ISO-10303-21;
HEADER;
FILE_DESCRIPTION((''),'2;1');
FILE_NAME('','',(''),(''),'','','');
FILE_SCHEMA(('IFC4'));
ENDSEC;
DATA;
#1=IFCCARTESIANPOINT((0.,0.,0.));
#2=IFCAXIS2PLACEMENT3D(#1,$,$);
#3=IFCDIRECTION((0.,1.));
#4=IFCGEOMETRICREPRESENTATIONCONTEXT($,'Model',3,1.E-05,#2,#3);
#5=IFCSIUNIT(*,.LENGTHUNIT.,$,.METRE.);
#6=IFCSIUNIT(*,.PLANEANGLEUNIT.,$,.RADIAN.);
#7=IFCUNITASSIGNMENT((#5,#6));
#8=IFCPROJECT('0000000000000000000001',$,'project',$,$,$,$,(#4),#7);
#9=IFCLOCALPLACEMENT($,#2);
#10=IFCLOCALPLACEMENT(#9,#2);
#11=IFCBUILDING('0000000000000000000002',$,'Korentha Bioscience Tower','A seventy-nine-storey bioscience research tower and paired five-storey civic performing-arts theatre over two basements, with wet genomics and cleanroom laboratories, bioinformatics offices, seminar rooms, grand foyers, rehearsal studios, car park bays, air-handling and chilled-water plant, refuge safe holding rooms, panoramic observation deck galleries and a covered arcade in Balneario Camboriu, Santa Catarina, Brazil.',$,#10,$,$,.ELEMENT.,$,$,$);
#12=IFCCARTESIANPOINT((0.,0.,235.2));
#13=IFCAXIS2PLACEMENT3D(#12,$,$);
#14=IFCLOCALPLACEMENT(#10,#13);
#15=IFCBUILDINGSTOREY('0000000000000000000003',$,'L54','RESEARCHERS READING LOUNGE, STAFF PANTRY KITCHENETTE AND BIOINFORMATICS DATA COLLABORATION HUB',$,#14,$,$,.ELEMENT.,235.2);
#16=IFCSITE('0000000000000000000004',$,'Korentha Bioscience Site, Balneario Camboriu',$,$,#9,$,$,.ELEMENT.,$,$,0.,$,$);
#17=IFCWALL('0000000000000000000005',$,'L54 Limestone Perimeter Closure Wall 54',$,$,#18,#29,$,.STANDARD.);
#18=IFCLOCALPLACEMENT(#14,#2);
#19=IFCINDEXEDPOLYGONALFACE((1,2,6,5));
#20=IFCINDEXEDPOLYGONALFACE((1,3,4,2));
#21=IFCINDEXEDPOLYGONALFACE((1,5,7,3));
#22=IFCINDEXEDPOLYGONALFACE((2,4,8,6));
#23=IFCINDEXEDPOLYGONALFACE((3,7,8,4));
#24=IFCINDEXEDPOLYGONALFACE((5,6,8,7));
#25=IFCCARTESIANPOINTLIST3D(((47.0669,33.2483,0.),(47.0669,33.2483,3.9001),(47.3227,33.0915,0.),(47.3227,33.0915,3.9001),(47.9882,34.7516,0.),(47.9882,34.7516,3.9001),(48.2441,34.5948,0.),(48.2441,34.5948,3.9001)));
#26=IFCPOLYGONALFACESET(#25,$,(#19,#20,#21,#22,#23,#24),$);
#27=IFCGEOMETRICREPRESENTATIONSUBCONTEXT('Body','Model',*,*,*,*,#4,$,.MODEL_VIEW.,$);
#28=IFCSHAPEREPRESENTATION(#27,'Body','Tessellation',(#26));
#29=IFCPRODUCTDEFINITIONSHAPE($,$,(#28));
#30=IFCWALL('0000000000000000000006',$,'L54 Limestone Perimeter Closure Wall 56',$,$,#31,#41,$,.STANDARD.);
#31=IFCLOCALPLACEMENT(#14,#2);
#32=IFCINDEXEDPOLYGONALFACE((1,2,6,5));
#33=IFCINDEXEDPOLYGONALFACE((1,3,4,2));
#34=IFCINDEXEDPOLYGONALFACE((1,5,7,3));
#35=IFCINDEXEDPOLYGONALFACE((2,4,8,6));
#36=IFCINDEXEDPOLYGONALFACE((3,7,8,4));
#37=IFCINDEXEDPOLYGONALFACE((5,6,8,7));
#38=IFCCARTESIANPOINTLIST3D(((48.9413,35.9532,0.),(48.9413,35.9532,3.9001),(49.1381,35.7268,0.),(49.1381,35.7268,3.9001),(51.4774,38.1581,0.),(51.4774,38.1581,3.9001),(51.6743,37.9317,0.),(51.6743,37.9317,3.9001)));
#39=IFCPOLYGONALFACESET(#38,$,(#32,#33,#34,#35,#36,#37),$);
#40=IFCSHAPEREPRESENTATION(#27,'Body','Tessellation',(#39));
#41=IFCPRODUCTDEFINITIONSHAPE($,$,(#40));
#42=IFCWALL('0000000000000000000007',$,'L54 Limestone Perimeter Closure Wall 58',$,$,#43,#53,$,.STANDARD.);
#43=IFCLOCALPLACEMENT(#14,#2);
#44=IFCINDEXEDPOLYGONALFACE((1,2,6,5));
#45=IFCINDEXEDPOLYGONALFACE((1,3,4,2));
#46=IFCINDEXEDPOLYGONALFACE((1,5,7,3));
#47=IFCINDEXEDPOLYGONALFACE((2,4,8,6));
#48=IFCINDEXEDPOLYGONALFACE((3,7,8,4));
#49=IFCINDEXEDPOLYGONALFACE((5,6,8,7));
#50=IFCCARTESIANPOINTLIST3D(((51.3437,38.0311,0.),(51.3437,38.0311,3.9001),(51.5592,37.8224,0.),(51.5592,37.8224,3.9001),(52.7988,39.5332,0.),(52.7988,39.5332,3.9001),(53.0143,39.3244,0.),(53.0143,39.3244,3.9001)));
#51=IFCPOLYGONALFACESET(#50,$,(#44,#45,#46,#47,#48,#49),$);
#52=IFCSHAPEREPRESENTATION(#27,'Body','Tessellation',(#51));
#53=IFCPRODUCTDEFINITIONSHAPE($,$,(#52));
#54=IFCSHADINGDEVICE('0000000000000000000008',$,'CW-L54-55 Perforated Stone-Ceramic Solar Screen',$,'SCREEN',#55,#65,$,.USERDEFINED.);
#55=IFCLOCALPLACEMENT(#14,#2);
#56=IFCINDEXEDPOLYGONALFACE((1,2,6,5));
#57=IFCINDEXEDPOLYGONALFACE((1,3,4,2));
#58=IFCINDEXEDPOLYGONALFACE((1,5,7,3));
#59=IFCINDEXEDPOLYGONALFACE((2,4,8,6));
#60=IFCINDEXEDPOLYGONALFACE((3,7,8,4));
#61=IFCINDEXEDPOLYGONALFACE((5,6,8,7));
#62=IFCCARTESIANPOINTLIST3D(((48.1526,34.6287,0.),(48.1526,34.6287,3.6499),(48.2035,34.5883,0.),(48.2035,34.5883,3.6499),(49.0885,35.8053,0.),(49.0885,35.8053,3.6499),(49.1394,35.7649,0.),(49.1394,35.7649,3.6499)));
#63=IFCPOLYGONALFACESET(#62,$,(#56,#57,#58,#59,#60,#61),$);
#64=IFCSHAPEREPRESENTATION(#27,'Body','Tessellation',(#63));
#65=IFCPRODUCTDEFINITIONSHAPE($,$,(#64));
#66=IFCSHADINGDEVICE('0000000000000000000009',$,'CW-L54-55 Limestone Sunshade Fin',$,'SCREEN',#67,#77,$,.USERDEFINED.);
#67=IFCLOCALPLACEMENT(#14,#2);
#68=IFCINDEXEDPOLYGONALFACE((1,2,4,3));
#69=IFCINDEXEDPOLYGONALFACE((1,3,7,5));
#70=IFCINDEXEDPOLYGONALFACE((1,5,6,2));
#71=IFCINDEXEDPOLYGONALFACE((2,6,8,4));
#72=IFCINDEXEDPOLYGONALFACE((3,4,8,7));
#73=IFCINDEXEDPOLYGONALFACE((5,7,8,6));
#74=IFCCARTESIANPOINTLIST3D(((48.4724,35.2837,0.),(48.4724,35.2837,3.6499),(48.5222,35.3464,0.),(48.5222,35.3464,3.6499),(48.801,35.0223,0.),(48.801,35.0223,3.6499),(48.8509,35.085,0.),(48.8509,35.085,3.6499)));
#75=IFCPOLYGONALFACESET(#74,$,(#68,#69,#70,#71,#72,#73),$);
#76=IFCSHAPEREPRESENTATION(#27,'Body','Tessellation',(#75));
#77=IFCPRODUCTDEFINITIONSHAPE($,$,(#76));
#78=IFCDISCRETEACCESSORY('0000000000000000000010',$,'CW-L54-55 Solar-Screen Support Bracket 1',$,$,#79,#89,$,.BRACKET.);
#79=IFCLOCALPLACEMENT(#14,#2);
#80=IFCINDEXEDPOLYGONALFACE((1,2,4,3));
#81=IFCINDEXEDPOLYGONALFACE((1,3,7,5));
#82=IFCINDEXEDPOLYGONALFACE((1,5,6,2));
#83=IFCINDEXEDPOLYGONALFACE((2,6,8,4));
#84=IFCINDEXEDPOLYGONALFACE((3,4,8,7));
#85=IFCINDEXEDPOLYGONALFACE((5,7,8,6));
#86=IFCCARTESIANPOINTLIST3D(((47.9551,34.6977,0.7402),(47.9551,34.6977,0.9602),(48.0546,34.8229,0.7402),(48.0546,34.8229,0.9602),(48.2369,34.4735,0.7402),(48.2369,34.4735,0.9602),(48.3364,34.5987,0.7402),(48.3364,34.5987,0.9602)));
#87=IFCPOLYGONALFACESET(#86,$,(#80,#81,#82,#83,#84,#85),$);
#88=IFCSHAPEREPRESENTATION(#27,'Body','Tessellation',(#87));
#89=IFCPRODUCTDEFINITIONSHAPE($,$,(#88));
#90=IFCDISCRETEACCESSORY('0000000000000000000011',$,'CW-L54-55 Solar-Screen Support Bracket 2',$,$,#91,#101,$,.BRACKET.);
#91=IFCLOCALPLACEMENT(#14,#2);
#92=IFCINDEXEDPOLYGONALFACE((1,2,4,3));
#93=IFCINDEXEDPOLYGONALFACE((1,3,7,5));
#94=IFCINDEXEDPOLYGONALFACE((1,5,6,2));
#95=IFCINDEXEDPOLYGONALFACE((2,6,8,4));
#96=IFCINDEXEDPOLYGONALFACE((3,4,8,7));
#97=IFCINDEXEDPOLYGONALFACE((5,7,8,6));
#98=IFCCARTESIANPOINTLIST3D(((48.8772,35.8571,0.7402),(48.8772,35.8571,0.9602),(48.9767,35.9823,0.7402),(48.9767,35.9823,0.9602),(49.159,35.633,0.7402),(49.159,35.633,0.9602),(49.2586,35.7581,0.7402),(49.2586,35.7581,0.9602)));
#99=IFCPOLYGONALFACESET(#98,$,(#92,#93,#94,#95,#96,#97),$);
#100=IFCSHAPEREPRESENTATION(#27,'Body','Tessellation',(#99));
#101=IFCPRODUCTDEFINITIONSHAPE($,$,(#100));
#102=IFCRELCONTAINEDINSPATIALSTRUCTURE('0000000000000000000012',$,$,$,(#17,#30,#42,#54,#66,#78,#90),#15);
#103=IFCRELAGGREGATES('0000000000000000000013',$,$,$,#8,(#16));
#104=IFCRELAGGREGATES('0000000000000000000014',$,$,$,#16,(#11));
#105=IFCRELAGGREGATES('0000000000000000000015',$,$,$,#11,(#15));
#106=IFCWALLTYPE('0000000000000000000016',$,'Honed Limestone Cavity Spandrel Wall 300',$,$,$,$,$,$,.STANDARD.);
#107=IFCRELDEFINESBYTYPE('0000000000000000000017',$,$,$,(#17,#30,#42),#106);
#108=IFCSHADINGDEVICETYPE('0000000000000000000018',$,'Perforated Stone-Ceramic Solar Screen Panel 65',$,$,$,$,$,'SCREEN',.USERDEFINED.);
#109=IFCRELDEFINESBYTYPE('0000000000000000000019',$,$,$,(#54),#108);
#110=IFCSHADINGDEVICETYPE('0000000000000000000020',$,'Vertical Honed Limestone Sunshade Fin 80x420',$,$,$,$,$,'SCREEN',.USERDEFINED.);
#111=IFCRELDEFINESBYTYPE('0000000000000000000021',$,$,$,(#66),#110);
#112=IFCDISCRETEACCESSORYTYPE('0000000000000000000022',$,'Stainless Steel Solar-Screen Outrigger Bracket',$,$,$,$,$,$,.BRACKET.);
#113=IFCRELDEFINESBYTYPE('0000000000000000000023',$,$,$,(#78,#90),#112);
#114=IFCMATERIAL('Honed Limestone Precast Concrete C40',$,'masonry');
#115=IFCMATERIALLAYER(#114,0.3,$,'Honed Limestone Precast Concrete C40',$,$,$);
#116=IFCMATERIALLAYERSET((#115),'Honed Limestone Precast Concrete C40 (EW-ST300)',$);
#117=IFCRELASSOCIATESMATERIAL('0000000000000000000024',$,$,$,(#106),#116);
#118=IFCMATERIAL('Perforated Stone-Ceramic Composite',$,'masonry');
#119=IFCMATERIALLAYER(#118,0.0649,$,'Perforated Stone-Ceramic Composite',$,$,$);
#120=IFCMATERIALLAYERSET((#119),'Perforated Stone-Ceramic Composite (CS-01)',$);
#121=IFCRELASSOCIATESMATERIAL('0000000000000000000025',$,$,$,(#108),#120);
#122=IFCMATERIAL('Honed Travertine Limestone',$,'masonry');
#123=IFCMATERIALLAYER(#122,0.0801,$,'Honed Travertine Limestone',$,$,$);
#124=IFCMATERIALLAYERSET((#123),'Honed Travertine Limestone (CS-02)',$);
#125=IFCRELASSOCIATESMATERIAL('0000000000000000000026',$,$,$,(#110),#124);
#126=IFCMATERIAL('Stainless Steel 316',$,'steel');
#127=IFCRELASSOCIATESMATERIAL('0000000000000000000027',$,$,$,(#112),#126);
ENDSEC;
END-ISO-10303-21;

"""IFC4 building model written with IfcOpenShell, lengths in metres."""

from ifc_helpers import new_model, si_unit, direction, frame, frame_2d, origin, origin_2d, place, context, subcontext, project, spatial, rectangle, extrude, material, layer, layer_set, type_object, element, save


model = new_model("IFC4")

# Units and contexts
model_context = context("Model", 3, precision=1e-05, world=origin(), true_north=direction((0.0, 1.0)))
body_context = subcontext(model_context, "Body", "Model", "MODEL_VIEW")
ifc_project = project(units=[si_unit("LENGTHUNIT", "METRE"), si_unit("PLANEANGLEUNIT", "RADIAN")], contexts=[model_context])

# Site, building, storey
site_placement = place(None, origin())
site = spatial("IfcSite", under=ifc_project, at=site_placement, Name="Korentha Bioscience Site, Balneario Camboriu", CompositionType="ELEMENT", RefElevation=0.0)
building_placement = place(site_placement, origin())
building = spatial("IfcBuilding", under=site, at=building_placement, Name="Korentha Bioscience Tower", Description="A seventy-nine-storey bioscience research tower and paired five-storey civic performing-arts theatre over two basements, with wet genomics and cleanroom laboratories, bioinformatics offices, seminar rooms, grand foyers, rehearsal studios, car park bays, air-handling and chilled-water plant, refuge safe holding rooms, panoramic observation deck galleries and a covered arcade in Balneario Camboriu, Santa Catarina, Brazil.", CompositionType="ELEMENT")
storey_placement = place(building_placement, frame((0.0, 0.0, 235.2)))
storey = spatial("IfcBuildingStorey", under=building, at=storey_placement, Name="L54", Description="RESEARCHERS READING LOUNGE, STAFF PANTRY KITCHENETTE AND BIOINFORMATICS DATA COLLABORATION HUB", CompositionType="ELEMENT", Elevation=235.2)

# Walls
ifc_material_1 = material(Name="Honed Limestone Precast Concrete C40", Category="masonry")
ifc_layer_1 = layer(ifc_material_1, 0.3, Name="Honed Limestone Precast Concrete C40")
ifc_layer_set_1 = layer_set([ifc_layer_1], Name="Honed Limestone Precast Concrete C40 (EW-ST300)")
wall_type = type_object("IfcWallType", Name="Honed Limestone Cavity Spandrel Wall 300", PredefinedType="STANDARD", material=ifc_layer_set_1)
wall_1_placement = place(storey_placement, frame((47.1948, 33.1699, 0.0), z_axis=(0.0, 0.0, 1.0), x_axis=(0.522536, 0.852617, 0.0)))
element("IfcWall", 1, at=wall_1_placement, inside=storey, type_object=wall_type, Name="L54 Limestone Perimeter Closure Wall 54", PredefinedType="STANDARD", context=body_context, shape_type="SweptSolid", body=[
    extrude(rectangle(XDim=1.7632, YDim=0.3, at=frame_2d((0.8816, 0.0))), origin(), (0.0, 0.0, 1.0), 3.9001),
])
wall_2_placement = place(storey_placement, frame((49.0398, 35.8401, 0.0), z_axis=(0.0, 0.0, 1.0), x_axis=(0.754679, 0.656094, 0.0)))
element("IfcWall", 2, at=wall_2_placement, inside=storey, type_object=wall_type, Name="L54 Limestone Perimeter Closure Wall 56", PredefinedType="STANDARD", context=body_context, shape_type="SweptSolid", body=[
    extrude(rectangle(XDim=3.3606, YDim=0.3, at=frame_2d((1.6802, 0.0))), origin(), (0.0, 0.0, 1.0), 3.9001),
])
wall_3_placement = place(storey_placement, frame((51.4514, 37.9268, 0.0), z_axis=(0.0, 0.0, 1.0), x_axis=(0.69581, 0.718226, 0.0)))
element("IfcWall", 3, at=wall_3_placement, inside=storey, type_object=wall_type, Name="L54 Limestone Perimeter Closure Wall 58", PredefinedType="STANDARD", context=body_context, shape_type="SweptSolid", body=[
    extrude(rectangle(XDim=2.0913, YDim=0.3, at=frame_2d((1.0457, 0.0))), origin(), (0.0, 0.0, 1.0), 3.9001),
])

# Shading devices
ifc_material_2 = material(Name="Perforated Stone-Ceramic Composite", Category="masonry")
ifc_layer_2 = layer(ifc_material_2, 0.0649, Name="Perforated Stone-Ceramic Composite")
ifc_layer_set_2 = layer_set([ifc_layer_2], Name="Perforated Stone-Ceramic Composite (CS-01)")
shading_device_type_1 = type_object("IfcShadingDeviceType", Name="Perforated Stone-Ceramic Solar Screen Panel 65", ElementType="SCREEN", PredefinedType="USERDEFINED", material=ifc_layer_set_2)
shading_device_1_placement = place(storey_placement, frame((48.646, 35.1968, 0.0), z_axis=(0.0, 0.0, 1.0), x_axis=(0.622512, 0.78261, 0.0)))
element("IfcShadingDevice", 4, at=shading_device_1_placement, inside=storey, type_object=shading_device_type_1, Name="CW-L54-55 Perforated Stone-Ceramic Solar Screen", ObjectType="SCREEN", PredefinedType="USERDEFINED", context=body_context, shape_type="SweptSolid", body=[
    extrude(rectangle(XDim=1.5034, YDim=0.0649, at=origin_2d()), origin(), (0.0, 0.0, 1.0), 3.6499),
])
ifc_material_3 = material(Name="Honed Travertine Limestone", Category="masonry")
ifc_layer_3 = layer(ifc_material_3, 0.0801, Name="Honed Travertine Limestone")
ifc_layer_set_3 = layer_set([ifc_layer_3], Name="Honed Travertine Limestone (CS-02)")
shading_device_type_2 = type_object("IfcShadingDeviceType", Name="Vertical Honed Limestone Sunshade Fin 80x420", ElementType="SCREEN", PredefinedType="USERDEFINED", material=ifc_layer_set_3)
shading_device_2_placement = place(storey_placement, frame((48.6616, 35.1843, 0.0), z_axis=(0.0, 0.0, 1.0), x_axis=(0.622512, 0.78261, 0.0)))
element("IfcShadingDevice", 5, at=shading_device_2_placement, inside=storey, type_object=shading_device_type_2, Name="CW-L54-55 Limestone Sunshade Fin", ObjectType="SCREEN", PredefinedType="USERDEFINED", context=body_context, shape_type="SweptSolid", body=[
    extrude(rectangle(XDim=0.0801, YDim=0.4199, at=origin_2d()), origin(), (0.0, 0.0, 1.0), 3.6499),
])

# Discrete accessories
ifc_material_4 = material(Name="Stainless Steel 316", Category="steel")
discrete_accessory_type = type_object("IfcDiscreteAccessoryType", Name="Stainless Steel Solar-Screen Outrigger Bracket", PredefinedType="BRACKET", material=ifc_material_4)
for number, where, z_axis, x_axis, name in (
    (6, (48.1458, 34.6482, 0.7402), (0.0, 0.0, 1.0), (0.622512, 0.78261, 0.0), "CW-L54-55 Solar-Screen Support Bracket 1"),
    (7, (49.0679, 35.8076, 0.7402), (0.0, 0.0, 1.0), (0.622512, 0.78261, 0.0), "CW-L54-55 Solar-Screen Support Bracket 2"),
):
    element("IfcDiscreteAccessory", number, at=place(storey_placement, frame(where, z_axis=z_axis, x_axis=x_axis)), inside=storey, type_object=discrete_accessory_type, Name=name, PredefinedType="BRACKET", context=body_context, shape_type="SweptSolid", body=[
        extrude(rectangle(XDim=0.1599, YDim=0.3601, at=origin_2d()), origin(), (0.0, 0.0, 1.0), 0.22),
    ])

save(model, "model.ifc")
